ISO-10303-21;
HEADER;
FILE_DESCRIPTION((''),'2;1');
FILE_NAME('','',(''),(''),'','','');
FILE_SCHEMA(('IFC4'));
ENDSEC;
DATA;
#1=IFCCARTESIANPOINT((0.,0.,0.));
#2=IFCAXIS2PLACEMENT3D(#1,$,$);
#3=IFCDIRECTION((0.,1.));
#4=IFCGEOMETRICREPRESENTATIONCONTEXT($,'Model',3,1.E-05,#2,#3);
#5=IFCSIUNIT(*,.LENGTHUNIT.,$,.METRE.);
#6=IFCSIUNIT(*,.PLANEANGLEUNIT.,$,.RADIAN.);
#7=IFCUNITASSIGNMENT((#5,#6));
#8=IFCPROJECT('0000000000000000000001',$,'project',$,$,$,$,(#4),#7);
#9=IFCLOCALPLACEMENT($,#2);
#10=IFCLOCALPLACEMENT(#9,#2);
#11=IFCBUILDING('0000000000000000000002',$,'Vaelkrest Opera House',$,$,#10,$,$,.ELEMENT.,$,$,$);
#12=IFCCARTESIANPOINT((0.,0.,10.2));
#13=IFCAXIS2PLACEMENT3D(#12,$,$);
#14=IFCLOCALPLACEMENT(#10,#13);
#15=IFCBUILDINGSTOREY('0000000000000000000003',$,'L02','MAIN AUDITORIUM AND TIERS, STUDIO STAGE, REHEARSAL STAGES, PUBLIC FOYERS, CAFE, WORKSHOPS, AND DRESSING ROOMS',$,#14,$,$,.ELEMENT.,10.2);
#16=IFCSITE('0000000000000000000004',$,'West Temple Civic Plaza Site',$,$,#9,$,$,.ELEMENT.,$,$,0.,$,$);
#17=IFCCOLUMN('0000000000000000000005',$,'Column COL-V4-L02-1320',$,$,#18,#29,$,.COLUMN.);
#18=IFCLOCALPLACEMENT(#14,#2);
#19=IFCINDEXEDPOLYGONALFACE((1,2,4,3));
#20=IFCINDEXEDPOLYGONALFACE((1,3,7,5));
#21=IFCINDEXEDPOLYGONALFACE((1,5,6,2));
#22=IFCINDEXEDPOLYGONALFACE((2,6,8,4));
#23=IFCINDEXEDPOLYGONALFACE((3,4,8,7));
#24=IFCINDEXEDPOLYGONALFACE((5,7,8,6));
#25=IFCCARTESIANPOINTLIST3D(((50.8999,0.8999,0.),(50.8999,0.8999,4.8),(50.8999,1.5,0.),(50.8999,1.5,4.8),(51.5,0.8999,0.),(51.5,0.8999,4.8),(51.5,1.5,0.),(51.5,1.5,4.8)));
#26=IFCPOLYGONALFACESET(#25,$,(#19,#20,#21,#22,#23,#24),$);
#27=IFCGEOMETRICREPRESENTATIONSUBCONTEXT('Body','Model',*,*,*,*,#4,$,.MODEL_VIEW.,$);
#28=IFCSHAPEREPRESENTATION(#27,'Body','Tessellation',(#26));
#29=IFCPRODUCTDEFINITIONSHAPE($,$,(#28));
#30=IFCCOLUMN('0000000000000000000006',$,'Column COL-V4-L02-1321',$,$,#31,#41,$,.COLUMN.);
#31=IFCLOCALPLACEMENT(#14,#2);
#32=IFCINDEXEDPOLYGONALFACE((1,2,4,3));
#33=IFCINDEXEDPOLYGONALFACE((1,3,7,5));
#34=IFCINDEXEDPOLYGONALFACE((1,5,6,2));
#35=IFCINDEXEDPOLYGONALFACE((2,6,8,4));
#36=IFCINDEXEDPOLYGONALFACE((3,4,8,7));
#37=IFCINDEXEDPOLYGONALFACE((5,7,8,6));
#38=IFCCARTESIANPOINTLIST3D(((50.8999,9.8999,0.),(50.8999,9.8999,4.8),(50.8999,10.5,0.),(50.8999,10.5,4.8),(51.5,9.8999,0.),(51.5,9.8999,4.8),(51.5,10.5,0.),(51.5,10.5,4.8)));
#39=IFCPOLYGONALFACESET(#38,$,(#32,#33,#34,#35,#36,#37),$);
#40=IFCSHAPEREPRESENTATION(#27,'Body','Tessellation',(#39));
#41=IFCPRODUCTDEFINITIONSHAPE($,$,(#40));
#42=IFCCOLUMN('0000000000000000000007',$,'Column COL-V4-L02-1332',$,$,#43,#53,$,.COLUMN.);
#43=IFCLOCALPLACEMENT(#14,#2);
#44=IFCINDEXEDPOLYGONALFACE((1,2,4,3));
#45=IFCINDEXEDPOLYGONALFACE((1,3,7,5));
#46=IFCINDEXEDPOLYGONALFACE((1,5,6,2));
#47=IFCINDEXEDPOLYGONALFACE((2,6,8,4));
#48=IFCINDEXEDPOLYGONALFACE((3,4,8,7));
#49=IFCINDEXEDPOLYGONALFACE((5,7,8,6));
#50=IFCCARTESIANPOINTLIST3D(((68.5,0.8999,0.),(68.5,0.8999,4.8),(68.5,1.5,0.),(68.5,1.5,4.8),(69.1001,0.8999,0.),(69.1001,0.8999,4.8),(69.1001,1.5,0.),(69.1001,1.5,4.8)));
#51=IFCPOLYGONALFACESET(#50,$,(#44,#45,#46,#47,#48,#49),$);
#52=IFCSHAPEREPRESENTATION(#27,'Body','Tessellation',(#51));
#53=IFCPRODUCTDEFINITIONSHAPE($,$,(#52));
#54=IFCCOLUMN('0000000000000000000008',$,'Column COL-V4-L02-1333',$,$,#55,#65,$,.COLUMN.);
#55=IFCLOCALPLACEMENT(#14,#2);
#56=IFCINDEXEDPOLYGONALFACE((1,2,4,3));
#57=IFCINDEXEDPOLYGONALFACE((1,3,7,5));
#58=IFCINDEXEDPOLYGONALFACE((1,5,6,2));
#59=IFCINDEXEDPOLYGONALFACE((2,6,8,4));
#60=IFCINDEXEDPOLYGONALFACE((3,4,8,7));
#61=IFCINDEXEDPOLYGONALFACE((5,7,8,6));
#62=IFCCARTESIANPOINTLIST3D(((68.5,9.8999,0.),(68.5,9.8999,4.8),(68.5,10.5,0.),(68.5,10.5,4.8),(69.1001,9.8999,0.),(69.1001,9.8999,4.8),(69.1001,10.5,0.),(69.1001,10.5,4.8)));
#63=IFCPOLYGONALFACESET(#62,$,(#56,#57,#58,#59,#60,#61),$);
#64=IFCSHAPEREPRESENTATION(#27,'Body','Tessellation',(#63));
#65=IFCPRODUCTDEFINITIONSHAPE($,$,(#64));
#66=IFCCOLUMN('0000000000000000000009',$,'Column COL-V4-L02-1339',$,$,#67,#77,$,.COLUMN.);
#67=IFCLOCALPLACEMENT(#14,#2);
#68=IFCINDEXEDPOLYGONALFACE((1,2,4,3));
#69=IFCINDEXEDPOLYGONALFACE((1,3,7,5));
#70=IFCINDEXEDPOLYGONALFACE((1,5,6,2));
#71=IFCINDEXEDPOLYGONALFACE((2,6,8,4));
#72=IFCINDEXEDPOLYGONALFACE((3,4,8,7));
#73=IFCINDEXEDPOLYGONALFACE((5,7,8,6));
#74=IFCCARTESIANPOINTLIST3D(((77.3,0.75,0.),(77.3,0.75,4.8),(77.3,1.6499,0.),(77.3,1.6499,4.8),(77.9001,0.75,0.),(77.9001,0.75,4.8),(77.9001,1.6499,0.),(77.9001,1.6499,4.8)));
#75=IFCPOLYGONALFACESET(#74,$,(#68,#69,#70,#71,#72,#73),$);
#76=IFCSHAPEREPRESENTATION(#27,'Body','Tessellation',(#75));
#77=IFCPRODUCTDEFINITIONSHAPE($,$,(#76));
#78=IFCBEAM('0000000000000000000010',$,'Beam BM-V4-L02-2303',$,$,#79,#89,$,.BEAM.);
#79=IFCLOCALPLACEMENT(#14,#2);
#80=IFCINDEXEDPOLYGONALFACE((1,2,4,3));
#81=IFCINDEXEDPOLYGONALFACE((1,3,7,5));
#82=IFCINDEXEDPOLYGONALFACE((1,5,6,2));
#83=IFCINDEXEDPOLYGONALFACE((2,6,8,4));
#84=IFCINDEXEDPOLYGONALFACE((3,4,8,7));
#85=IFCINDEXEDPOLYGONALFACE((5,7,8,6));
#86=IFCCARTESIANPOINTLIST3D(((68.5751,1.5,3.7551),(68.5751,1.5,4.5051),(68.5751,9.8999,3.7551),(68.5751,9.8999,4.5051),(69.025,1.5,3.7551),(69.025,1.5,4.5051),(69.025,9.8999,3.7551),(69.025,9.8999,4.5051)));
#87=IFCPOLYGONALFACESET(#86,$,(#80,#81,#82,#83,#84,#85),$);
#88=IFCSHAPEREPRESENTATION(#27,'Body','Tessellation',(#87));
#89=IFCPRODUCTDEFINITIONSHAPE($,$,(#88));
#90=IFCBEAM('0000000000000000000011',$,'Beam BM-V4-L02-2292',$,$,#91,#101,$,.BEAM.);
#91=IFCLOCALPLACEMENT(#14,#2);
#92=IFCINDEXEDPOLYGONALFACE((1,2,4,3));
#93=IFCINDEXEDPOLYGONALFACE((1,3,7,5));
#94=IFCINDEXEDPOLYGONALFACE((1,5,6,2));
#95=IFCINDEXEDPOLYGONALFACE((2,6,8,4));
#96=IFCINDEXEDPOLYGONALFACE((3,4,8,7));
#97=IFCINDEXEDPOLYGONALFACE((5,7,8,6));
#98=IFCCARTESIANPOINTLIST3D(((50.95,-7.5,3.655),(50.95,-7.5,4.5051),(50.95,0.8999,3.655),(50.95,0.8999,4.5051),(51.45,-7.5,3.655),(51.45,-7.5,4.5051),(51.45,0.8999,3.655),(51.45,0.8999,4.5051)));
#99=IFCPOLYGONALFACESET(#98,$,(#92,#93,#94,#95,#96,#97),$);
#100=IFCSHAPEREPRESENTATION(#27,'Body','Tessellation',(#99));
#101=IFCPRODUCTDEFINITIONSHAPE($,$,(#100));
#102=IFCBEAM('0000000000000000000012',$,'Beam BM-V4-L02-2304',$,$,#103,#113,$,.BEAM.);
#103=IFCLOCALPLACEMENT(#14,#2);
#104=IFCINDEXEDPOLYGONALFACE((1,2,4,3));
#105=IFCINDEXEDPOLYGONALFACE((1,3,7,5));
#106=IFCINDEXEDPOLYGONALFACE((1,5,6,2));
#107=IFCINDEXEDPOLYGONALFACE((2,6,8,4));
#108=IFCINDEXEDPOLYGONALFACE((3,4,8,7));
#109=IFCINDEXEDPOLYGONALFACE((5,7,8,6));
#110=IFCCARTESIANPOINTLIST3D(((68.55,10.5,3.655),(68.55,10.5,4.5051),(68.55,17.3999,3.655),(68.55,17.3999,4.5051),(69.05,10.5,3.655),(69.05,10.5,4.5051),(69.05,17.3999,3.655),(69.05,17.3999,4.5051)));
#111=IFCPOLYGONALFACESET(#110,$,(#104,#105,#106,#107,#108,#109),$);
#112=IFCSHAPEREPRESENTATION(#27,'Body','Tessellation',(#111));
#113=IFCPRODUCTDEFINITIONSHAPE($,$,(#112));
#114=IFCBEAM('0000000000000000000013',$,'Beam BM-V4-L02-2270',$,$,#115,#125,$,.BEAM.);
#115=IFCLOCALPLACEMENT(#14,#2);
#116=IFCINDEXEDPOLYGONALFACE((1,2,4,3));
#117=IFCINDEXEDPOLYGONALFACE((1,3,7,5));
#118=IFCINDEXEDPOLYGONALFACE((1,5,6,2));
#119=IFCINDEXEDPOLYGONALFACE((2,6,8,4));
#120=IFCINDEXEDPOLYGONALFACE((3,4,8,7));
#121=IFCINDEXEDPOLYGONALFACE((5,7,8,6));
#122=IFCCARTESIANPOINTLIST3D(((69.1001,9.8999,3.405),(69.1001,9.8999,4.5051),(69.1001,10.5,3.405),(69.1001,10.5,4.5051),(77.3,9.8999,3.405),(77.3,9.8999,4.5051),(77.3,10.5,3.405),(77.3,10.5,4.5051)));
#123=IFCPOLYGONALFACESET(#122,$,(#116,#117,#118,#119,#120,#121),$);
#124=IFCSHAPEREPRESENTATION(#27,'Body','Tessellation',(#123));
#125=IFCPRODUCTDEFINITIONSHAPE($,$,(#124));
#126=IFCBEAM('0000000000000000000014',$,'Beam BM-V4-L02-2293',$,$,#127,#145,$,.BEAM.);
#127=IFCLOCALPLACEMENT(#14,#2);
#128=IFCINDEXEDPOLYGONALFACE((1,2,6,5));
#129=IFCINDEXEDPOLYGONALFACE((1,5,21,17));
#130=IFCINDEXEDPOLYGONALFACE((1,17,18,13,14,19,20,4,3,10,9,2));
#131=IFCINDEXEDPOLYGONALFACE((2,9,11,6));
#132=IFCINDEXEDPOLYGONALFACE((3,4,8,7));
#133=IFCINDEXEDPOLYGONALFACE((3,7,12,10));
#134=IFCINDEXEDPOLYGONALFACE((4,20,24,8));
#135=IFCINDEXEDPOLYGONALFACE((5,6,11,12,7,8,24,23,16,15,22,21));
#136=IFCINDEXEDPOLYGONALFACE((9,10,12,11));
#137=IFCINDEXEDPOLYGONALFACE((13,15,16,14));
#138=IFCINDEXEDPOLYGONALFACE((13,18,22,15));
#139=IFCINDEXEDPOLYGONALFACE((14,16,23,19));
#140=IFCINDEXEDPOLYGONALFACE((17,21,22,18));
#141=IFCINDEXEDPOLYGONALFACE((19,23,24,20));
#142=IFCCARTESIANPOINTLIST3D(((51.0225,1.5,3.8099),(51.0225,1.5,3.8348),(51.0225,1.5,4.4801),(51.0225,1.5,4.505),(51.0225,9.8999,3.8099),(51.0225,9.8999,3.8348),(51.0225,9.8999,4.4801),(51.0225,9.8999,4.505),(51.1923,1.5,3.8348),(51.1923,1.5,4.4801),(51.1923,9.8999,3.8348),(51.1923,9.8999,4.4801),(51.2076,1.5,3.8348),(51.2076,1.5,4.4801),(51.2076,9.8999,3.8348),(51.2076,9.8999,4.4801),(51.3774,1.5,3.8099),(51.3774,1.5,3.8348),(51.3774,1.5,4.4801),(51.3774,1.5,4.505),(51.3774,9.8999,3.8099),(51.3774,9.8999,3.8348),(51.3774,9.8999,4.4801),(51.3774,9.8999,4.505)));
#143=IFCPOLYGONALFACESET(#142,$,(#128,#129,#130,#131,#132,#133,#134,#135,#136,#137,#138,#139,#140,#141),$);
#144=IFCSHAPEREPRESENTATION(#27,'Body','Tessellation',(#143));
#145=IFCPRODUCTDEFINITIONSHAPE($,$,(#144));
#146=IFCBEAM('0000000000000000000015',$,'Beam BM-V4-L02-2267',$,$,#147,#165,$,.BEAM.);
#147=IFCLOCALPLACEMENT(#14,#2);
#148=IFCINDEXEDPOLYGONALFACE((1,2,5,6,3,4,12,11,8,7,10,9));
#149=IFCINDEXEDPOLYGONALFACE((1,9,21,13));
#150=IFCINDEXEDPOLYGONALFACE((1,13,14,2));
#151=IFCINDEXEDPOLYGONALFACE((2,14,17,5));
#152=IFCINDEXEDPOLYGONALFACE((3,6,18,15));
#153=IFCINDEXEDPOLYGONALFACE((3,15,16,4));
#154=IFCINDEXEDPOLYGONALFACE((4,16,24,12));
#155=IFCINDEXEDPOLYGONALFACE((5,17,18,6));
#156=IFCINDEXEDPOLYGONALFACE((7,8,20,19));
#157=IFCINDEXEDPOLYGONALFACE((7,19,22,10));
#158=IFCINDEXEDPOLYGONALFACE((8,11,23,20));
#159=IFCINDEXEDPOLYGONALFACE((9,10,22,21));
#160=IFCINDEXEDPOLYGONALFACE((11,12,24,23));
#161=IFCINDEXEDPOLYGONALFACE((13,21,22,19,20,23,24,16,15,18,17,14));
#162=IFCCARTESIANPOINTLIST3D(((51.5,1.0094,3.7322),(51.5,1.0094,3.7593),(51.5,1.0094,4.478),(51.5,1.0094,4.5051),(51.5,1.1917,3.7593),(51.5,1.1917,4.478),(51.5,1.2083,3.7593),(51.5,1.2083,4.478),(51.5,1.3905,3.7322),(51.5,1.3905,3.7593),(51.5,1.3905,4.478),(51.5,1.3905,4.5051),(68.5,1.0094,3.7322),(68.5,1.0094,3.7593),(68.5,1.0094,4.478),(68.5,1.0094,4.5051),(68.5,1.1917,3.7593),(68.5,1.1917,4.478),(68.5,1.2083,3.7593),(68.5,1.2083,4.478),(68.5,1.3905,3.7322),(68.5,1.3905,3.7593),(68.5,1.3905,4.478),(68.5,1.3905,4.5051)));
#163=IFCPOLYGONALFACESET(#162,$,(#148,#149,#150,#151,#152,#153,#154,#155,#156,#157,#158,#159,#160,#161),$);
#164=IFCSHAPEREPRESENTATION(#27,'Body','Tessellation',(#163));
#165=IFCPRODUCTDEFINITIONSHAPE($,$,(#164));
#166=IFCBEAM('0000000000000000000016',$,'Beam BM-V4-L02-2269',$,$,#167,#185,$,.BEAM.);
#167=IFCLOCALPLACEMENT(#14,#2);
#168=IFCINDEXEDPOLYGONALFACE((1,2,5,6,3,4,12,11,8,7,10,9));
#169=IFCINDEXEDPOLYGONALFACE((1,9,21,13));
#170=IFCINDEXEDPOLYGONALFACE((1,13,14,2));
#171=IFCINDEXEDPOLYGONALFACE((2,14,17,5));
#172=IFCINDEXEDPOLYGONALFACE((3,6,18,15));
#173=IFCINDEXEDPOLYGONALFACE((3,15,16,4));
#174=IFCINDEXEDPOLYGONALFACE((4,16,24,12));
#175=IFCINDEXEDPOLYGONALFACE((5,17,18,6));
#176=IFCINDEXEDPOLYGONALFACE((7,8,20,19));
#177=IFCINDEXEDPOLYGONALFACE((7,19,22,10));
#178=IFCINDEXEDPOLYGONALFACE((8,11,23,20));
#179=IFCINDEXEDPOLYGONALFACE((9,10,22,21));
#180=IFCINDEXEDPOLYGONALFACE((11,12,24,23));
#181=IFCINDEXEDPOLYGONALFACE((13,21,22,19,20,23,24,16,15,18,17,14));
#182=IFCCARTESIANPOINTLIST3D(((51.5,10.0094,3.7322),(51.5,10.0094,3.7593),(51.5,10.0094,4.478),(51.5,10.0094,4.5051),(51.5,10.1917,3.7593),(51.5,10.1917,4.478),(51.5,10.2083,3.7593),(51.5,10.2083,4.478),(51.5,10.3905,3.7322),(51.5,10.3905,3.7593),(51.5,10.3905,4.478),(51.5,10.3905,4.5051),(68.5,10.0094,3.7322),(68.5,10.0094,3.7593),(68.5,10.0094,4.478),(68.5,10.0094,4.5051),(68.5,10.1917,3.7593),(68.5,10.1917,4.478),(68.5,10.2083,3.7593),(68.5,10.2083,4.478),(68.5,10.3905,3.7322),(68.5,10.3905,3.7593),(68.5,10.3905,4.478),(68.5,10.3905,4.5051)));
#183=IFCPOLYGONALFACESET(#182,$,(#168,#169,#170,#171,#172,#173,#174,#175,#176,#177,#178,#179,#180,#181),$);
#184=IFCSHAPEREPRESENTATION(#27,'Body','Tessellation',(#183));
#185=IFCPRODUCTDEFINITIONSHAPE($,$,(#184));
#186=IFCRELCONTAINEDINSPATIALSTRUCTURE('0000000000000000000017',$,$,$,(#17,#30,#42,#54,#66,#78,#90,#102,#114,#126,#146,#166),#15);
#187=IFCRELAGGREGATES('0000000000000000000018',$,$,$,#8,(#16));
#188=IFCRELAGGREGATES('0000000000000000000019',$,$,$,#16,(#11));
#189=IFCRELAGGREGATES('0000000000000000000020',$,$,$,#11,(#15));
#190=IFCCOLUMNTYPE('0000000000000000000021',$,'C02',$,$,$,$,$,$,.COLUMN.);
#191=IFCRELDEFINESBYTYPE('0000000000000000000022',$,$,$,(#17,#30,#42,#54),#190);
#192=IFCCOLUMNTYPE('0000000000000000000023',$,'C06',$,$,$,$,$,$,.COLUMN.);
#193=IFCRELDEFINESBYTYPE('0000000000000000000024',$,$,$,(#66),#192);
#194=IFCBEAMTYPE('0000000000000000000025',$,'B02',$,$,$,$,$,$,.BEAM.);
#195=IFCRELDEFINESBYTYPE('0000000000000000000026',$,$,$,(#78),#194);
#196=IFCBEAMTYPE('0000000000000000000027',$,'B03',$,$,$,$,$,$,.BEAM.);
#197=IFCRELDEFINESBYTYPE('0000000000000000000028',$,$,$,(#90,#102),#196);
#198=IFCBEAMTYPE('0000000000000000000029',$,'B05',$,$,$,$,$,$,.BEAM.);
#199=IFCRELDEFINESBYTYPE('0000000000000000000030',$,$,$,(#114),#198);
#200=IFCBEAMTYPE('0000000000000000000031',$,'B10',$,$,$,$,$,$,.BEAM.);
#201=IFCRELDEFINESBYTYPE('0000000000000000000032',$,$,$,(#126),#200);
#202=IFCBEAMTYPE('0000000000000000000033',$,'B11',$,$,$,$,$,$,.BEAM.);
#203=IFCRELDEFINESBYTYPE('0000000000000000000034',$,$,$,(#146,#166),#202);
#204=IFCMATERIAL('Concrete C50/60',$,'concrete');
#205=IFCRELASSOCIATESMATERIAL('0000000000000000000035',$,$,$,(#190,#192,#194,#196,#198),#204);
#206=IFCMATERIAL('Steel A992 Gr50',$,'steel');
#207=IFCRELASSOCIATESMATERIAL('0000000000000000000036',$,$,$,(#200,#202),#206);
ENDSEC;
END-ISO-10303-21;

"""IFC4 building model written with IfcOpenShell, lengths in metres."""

from ifc_helpers import new_model, si_unit, direction, frame, origin, origin_2d, place, context, subcontext, project, spatial, rectangle, i_section, extrude, material, material_profile, profile_set, type_object, element, save


model = new_model("IFC4")

# Units and contexts
model_context = context("Model", 3, precision=1e-05, world=origin(), true_north=direction((0.0, 1.0)))
body_context = subcontext(model_context, "Body", "Model", "MODEL_VIEW")
ifc_project = project(units=[si_unit("LENGTHUNIT", "METRE"), si_unit("PLANEANGLEUNIT", "RADIAN")], contexts=[model_context])

# Site, building, storey
site_placement = place(None, origin())
site = spatial("IfcSite", under=ifc_project, at=site_placement, Name="West Temple Civic Plaza Site", CompositionType="ELEMENT", RefElevation=0.0)
building_placement = place(site_placement, origin())
building = spatial("IfcBuilding", under=site, at=building_placement, Name="Vaelkrest Opera House", CompositionType="ELEMENT")
storey_placement = place(building_placement, frame((0.0, 0.0, 10.2)))
storey = spatial("IfcBuildingStorey", under=building, at=storey_placement, Name="L02", Description="MAIN AUDITORIUM AND TIERS, STUDIO STAGE, REHEARSAL STAGES, PUBLIC FOYERS, CAFE, WORKSHOPS, AND DRESSING ROOMS", CompositionType="ELEMENT", Elevation=10.2)

# Columns
ifc_material_1 = material(Name="Concrete C50/60", Category="concrete")
ifc_material_profile_1 = material_profile(ifc_material_1, rectangle(XDim=0.6001, YDim=0.6001, at=origin_2d()), Name="RC600X600")
ifc_profile_set_1 = profile_set([ifc_material_profile_1], Name="Concrete C50/60")
column_type_1 = type_object("IfcColumnType", Name="C02", PredefinedType="COLUMN", material=ifc_profile_set_1)
for number, where, z_axis, x_axis, name in (
    (1, (51.2, 1.2, 0.0), (0.0, 0.0, 1.0), (1.0, 0.0, 0.0), "Column COL-V4-L02-1320"),
    (2, (51.2, 10.2, 0.0), (0.0, 0.0, 1.0), (1.0, 0.0, 0.0), "Column COL-V4-L02-1321"),
    (3, (68.8, 1.2, 0.0), (0.0, 0.0, 1.0), (1.0, 0.0, 0.0), "Column COL-V4-L02-1332"),
    (4, (68.8, 10.2, 0.0), (0.0, 0.0, 1.0), (1.0, 0.0, 0.0), "Column COL-V4-L02-1333"),
):
    element("IfcColumn", number, at=place(storey_placement, frame(where, z_axis=z_axis, x_axis=x_axis)), inside=storey, type_object=column_type_1, Name=name, PredefinedType="COLUMN", context=body_context, shape_type="SweptSolid", body=[
        extrude(rectangle(XDim=0.6001, YDim=0.6001, at=origin_2d()), origin(), (0.0, 0.0, 1.0), 4.8),
    ])
ifc_material_profile_2 = material_profile(ifc_material_1, rectangle(XDim=0.6001, YDim=0.8999, at=origin_2d()), Name="RC600X900")
ifc_profile_set_2 = profile_set([ifc_material_profile_2], Name="Concrete C50/60")
column_type_2 = type_object("IfcColumnType", Name="C06", PredefinedType="COLUMN", material=ifc_profile_set_2)
column_placement = place(storey_placement, frame((77.6001, 1.2, 0.0), z_axis=(0.0, 0.0, 1.0), x_axis=(1.0, 0.0, 0.0)))
element("IfcColumn", 5, at=column_placement, inside=storey, type_object=column_type_2, Name="Column COL-V4-L02-1339", PredefinedType="COLUMN", context=body_context, shape_type="SweptSolid", body=[
    extrude(rectangle(XDim=0.6001, YDim=0.8999, at=origin_2d()), origin(), (0.0, 0.0, 1.0), 4.8),
])

# Beams
ifc_material_profile_3 = material_profile(ifc_material_1, rectangle(XDim=0.45, YDim=0.75, at=origin_2d()), Name="RCB450X750")
ifc_profile_set_3 = profile_set([ifc_material_profile_3], Name="Concrete C50/60")
beam_type_1 = type_object("IfcBeamType", Name="B02", PredefinedType="BEAM", material=ifc_profile_set_3)
beam_1_placement = place(storey_placement, frame((68.8, 1.5, 4.1301), z_axis=(0.0, 1.0, 0.0), x_axis=(-1.0, 0.0, 0.0)))
element("IfcBeam", 6, at=beam_1_placement, inside=storey, type_object=beam_type_1, Name="Beam BM-V4-L02-2303", PredefinedType="BEAM", context=body_context, shape_type="SweptSolid", body=[
    extrude(rectangle(XDim=0.45, YDim=0.75, at=origin_2d()), origin(), (0.0, 0.0, 1.0), 8.3999),
])
ifc_material_profile_4 = material_profile(ifc_material_1, rectangle(XDim=0.5, YDim=0.8501, at=origin_2d()), Name="RCB500X850")
ifc_profile_set_4 = profile_set([ifc_material_profile_4], Name="Concrete C50/60")
beam_type_2 = type_object("IfcBeamType", Name="B03", PredefinedType="BEAM", material=ifc_profile_set_4)
beam_2_placement = place(storey_placement, frame((51.2, -7.5, 4.0801), z_axis=(0.0, 1.0, 0.0), x_axis=(-1.0, 0.0, 0.0)))
element("IfcBeam", 7, at=beam_2_placement, inside=storey, type_object=beam_type_2, Name="Beam BM-V4-L02-2292", PredefinedType="BEAM", context=body_context, shape_type="SweptSolid", body=[
    extrude(rectangle(XDim=0.5, YDim=0.8501, at=origin_2d()), origin(), (0.0, 0.0, 1.0), 8.3999),
])
beam_3_placement = place(storey_placement, frame((68.8, 10.5, 4.0801), z_axis=(0.0, 1.0, 0.0), x_axis=(-1.0, 0.0, 0.0)))
element("IfcBeam", 8, at=beam_3_placement, inside=storey, type_object=beam_type_2, Name="Beam BM-V4-L02-2304", PredefinedType="BEAM", context=body_context, shape_type="SweptSolid", body=[
    extrude(rectangle(XDim=0.5, YDim=0.8501, at=origin_2d()), origin(), (0.0, 0.0, 1.0), 6.8999),
])
ifc_material_profile_5 = material_profile(ifc_material_1, rectangle(XDim=0.6001, YDim=1.1001, at=origin_2d()), Name="RCB600X1100")
ifc_profile_set_5 = profile_set([ifc_material_profile_5], Name="Concrete C50/60")
beam_type_3 = type_object("IfcBeamType", Name="B05", PredefinedType="BEAM", material=ifc_profile_set_5)
beam_4_placement = place(storey_placement, frame((69.1001, 10.2, 3.9551), z_axis=(1.0, 0.0, 0.0), x_axis=(0.0, 1.0, 0.0)))
element("IfcBeam", 9, at=beam_4_placement, inside=storey, type_object=beam_type_3, Name="Beam BM-V4-L02-2270", PredefinedType="BEAM", context=body_context, shape_type="SweptSolid", body=[
    extrude(rectangle(XDim=0.6001, YDim=1.1001, at=origin_2d()), origin(), (0.0, 0.0, 1.0), 8.2),
])
ifc_material_2 = material(Name="Steel A992 Gr50", Category="steel")
ifc_material_profile_6 = material_profile(ifc_material_2, i_section(OverallWidth=0.355, OverallDepth=0.6951, WebThickness=0.0154, FlangeThickness=0.0249, at=origin_2d()), Name="W27X146")
ifc_profile_set_6 = profile_set([ifc_material_profile_6], Name="Steel A992 Gr50")
beam_type_4 = type_object("IfcBeamType", Name="B10", PredefinedType="BEAM", material=ifc_profile_set_6)
beam_5_placement = place(storey_placement, frame((51.2, 1.5, 4.1575), z_axis=(0.0, 1.0, 0.0), x_axis=(-1.0, 0.0, 0.0)))
element("IfcBeam", 10, at=beam_5_placement, inside=storey, type_object=beam_type_4, Name="Beam BM-V4-L02-2293", PredefinedType="BEAM", context=body_context, shape_type="SweptSolid", body=[
    extrude(i_section(OverallWidth=0.355, OverallDepth=0.6951, WebThickness=0.0154, FlangeThickness=0.0249, at=origin_2d()), origin(), (0.0, 0.0, 1.0), 8.3999),
])
ifc_material_profile_7 = material_profile(ifc_material_2, i_section(OverallWidth=0.3811, OverallDepth=0.7729, WebThickness=0.0166, FlangeThickness=0.0271, at=origin_2d()), Name="W30X173")
ifc_profile_set_7 = profile_set([ifc_material_profile_7], Name="Steel A992 Gr50")
beam_type_5 = type_object("IfcBeamType", Name="B11", PredefinedType="BEAM", material=ifc_profile_set_7)
for number, where, z_axis, x_axis, name in (
    (11, (51.5, 1.2, 4.1187), (1.0, 0.0, 0.0), (0.0, 1.0, 0.0), "Beam BM-V4-L02-2267"),
    (12, (51.5, 10.2, 4.1187), (1.0, 0.0, 0.0), (0.0, 1.0, 0.0), "Beam BM-V4-L02-2269"),
):
    element("IfcBeam", number, at=place(storey_placement, frame(where, z_axis=z_axis, x_axis=x_axis)), inside=storey, type_object=beam_type_5, Name=name, PredefinedType="BEAM", context=body_context, shape_type="SweptSolid", body=[
        extrude(i_section(OverallWidth=0.3811, OverallDepth=0.7729, WebThickness=0.0166, FlangeThickness=0.0271, at=origin_2d()), origin(), (0.0, 0.0, 1.0), 17.0),
    ])

save(model, "model.ifc")
